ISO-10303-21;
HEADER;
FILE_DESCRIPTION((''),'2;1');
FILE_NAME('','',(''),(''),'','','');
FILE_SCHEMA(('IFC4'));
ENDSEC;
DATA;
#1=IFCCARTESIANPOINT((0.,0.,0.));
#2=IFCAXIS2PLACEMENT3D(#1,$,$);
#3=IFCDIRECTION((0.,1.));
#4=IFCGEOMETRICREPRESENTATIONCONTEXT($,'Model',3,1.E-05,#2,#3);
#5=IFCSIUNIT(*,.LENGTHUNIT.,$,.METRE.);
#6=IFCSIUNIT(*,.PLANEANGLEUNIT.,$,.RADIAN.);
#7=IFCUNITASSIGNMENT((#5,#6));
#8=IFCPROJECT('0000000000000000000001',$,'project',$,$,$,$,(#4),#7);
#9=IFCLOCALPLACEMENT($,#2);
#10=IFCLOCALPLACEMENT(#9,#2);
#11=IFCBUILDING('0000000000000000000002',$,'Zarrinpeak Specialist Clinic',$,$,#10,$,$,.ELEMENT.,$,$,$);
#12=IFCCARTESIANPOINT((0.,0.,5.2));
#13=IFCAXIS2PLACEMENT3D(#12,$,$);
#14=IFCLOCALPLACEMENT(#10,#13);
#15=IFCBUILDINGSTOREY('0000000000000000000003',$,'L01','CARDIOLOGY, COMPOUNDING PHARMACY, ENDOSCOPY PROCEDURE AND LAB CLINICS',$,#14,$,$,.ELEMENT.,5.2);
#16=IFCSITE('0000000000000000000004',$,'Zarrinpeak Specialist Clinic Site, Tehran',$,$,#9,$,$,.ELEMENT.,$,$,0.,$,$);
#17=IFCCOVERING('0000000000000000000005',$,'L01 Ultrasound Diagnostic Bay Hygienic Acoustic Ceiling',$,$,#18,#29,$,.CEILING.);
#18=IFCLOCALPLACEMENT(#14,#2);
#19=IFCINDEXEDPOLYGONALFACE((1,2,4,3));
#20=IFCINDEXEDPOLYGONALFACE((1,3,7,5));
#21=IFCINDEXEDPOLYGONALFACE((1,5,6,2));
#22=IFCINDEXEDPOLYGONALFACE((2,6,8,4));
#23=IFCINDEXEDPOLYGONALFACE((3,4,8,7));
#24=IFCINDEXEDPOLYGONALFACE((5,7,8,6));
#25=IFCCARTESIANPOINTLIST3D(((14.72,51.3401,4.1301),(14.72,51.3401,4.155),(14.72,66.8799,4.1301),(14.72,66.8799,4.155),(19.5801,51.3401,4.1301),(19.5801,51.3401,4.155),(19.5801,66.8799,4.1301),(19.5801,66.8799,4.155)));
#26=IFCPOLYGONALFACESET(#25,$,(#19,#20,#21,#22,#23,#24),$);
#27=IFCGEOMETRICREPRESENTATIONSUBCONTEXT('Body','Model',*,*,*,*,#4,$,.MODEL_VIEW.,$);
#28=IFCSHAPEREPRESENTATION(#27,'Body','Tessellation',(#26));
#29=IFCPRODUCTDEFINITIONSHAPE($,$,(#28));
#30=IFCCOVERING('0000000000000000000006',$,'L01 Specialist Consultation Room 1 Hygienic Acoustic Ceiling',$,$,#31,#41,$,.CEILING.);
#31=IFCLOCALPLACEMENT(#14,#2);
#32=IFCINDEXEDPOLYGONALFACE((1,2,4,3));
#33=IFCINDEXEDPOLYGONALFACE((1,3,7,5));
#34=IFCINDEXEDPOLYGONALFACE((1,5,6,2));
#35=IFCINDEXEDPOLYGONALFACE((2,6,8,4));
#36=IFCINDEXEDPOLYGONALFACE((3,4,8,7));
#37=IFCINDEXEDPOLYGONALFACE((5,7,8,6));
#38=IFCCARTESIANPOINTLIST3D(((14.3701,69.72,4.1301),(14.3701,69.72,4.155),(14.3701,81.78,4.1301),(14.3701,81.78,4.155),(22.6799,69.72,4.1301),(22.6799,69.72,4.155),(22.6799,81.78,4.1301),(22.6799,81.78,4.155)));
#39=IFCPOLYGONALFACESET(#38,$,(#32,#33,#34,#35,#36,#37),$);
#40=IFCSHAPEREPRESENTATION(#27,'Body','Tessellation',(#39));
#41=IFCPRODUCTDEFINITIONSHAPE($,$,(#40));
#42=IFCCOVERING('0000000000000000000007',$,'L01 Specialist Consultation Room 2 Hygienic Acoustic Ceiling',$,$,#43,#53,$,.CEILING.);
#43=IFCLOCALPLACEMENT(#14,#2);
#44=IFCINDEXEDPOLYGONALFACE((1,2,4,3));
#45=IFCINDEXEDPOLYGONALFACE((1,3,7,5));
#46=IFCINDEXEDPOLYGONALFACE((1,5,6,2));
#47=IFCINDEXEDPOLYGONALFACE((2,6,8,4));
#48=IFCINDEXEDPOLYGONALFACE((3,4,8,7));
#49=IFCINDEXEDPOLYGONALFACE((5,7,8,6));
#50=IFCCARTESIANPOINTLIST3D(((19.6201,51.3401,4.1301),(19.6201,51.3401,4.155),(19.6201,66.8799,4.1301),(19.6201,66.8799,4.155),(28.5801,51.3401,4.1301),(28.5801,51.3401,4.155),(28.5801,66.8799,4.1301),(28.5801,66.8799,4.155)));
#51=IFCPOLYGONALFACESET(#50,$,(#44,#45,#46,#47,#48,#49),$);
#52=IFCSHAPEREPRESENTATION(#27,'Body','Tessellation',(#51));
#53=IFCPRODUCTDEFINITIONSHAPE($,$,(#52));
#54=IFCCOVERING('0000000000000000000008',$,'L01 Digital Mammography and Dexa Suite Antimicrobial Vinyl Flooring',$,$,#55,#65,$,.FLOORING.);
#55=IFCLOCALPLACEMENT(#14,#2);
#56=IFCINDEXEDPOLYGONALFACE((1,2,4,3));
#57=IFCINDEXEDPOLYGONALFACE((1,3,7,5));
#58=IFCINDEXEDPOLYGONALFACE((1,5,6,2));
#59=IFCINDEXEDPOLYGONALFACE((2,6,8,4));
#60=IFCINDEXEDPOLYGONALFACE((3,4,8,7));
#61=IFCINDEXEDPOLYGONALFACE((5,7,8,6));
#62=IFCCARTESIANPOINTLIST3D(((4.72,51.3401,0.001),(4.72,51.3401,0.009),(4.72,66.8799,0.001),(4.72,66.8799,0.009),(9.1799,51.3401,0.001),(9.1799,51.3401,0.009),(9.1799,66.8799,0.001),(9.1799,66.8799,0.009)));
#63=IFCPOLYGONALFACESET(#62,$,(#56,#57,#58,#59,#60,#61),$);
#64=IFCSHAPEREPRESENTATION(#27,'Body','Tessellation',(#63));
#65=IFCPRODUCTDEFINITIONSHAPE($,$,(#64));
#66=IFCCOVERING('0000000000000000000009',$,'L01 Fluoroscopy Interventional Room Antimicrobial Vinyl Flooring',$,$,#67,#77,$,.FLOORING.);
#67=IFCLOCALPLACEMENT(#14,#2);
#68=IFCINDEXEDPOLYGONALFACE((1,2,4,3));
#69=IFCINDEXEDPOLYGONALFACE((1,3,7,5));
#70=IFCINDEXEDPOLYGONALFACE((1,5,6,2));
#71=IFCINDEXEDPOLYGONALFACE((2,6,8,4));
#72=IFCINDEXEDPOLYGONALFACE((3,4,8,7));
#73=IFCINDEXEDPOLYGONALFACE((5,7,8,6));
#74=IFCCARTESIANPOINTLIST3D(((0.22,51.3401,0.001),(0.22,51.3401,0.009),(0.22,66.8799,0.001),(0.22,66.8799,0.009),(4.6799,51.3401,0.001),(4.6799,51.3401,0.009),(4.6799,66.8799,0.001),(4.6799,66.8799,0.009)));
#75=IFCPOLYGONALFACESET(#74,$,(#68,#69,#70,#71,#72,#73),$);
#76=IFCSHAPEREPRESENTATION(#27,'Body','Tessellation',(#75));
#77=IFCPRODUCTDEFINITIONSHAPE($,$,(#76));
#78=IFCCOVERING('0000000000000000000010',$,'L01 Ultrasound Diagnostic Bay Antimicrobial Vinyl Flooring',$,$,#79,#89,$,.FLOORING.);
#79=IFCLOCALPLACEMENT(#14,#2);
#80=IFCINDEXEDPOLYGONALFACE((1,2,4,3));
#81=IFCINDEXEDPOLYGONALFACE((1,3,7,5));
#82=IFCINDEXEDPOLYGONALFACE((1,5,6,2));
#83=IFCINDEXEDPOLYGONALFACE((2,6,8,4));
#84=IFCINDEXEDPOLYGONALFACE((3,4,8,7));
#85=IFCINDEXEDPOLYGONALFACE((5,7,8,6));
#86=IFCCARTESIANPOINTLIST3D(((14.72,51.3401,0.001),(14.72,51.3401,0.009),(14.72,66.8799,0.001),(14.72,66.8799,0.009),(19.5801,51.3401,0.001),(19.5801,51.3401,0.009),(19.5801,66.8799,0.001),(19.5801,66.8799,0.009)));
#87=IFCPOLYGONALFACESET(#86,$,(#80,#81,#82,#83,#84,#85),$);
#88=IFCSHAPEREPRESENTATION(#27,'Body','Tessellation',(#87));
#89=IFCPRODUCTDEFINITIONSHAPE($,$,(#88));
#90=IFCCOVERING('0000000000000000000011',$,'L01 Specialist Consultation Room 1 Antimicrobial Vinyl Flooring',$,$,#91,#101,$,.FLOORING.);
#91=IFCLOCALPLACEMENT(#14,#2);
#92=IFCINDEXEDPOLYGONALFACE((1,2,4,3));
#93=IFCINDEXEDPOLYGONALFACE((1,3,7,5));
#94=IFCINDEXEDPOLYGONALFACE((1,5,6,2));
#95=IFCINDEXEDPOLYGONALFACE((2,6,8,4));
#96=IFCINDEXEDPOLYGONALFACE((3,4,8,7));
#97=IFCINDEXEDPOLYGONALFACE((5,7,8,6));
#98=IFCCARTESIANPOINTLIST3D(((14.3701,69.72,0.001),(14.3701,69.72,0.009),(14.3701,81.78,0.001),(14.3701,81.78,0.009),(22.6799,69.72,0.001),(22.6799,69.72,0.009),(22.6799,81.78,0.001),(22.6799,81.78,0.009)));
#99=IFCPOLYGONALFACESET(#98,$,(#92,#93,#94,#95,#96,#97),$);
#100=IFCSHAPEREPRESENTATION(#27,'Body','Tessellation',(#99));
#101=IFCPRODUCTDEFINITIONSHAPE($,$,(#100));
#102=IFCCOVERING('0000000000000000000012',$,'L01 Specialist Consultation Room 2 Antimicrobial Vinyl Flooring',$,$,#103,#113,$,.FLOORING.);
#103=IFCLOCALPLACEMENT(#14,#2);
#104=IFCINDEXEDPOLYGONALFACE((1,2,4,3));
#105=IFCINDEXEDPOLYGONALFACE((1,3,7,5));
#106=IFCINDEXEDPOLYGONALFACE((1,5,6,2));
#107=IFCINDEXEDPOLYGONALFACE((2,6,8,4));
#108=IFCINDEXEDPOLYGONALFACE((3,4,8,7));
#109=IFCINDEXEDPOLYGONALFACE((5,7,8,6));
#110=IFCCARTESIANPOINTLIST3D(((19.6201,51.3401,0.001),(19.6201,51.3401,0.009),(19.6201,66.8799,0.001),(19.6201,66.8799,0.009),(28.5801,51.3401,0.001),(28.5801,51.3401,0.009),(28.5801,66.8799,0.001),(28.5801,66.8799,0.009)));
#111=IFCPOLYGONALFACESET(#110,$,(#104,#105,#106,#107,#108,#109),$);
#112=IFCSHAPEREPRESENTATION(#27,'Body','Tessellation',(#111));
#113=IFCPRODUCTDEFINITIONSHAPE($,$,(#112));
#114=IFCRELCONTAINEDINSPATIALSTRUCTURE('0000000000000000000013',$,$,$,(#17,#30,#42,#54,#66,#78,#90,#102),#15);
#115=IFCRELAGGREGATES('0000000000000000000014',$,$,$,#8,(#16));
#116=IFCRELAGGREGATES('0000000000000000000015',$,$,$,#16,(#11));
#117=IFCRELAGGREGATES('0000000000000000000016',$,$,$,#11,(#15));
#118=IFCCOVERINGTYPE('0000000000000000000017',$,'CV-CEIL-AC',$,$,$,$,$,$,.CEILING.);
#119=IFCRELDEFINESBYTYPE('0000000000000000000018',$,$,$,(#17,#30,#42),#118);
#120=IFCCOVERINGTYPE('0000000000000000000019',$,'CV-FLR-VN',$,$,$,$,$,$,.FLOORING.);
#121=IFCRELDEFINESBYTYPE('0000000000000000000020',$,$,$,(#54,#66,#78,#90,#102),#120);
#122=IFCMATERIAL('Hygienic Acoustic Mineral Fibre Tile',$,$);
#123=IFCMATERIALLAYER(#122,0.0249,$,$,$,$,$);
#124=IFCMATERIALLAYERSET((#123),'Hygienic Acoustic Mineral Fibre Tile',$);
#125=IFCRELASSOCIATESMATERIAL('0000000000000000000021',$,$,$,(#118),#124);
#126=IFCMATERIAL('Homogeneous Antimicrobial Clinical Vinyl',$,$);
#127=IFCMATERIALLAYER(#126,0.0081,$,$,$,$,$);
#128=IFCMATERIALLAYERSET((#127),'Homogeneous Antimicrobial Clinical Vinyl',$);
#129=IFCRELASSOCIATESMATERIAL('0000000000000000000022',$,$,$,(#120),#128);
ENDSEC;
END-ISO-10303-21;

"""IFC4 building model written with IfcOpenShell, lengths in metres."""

from ifc_helpers import new_model, si_unit, direction, frame, origin, place, context, subcontext, project, spatial, polyline, outline, extrude, material, layer, layer_set, type_object, element, save


model = new_model("IFC4")

# Units and contexts
model_context = context("Model", 3, precision=1e-05, world=origin(), true_north=direction((0.0, 1.0)))
body_context = subcontext(model_context, "Body", "Model", "MODEL_VIEW")
ifc_project = project(units=[si_unit("LENGTHUNIT", "METRE"), si_unit("PLANEANGLEUNIT", "RADIAN")], contexts=[model_context])

# Site, building, storey
site_placement = place(None, origin())
site = spatial("IfcSite", under=ifc_project, at=site_placement, Name="Zarrinpeak Specialist Clinic Site, Tehran", CompositionType="ELEMENT", RefElevation=0.0)
building_placement = place(site_placement, origin())
building = spatial("IfcBuilding", under=site, at=building_placement, Name="Zarrinpeak Specialist Clinic", CompositionType="ELEMENT")
storey_placement = place(building_placement, frame((0.0, 0.0, 5.2)))
storey = spatial("IfcBuildingStorey", under=building, at=storey_placement, Name="L01", Description="CARDIOLOGY, COMPOUNDING PHARMACY, ENDOSCOPY PROCEDURE AND LAB CLINICS", CompositionType="ELEMENT", Elevation=5.2)

# Coverings
ifc_material_1 = material(Name="Hygienic Acoustic Mineral Fibre Tile")
ifc_layer_1 = layer(ifc_material_1, 0.0249)
ifc_layer_set_1 = layer_set([ifc_layer_1], Name="Hygienic Acoustic Mineral Fibre Tile")
covering_type_1 = type_object("IfcCoveringType", Name="CV-CEIL-AC", PredefinedType="CEILING", material=ifc_layer_set_1)
covering_1_placement = place(storey_placement, frame((0.0, 0.0, 4.1301)))
element("IfcCovering", 1, at=covering_1_placement, inside=storey, type_object=covering_type_1, Name="L01 Ultrasound Diagnostic Bay Hygienic Acoustic Ceiling", PredefinedType="CEILING", context=body_context, shape_type="SweptSolid", body=[
    extrude(outline(polyline([(14.72, 51.3401), (19.5801, 51.3401), (19.5801, 66.8799), (14.72, 66.8799), (14.72, 51.3401)])), origin(), (0.0, 0.0, 1.0), 0.0249),
])
covering_2_placement = place(storey_placement, frame((0.0, 0.0, 4.1301)))
element("IfcCovering", 2, at=covering_2_placement, inside=storey, type_object=covering_type_1, Name="L01 Specialist Consultation Room 1 Hygienic Acoustic Ceiling", PredefinedType="CEILING", context=body_context, shape_type="SweptSolid", body=[
    extrude(outline(polyline([(14.3701, 69.72), (22.6799, 69.72), (22.6799, 81.78), (14.3701, 81.78), (14.3701, 69.72)])), origin(), (0.0, 0.0, 1.0), 0.0249),
])
covering_3_placement = place(storey_placement, frame((0.0, 0.0, 4.1301)))
element("IfcCovering", 3, at=covering_3_placement, inside=storey, type_object=covering_type_1, Name="L01 Specialist Consultation Room 2 Hygienic Acoustic Ceiling", PredefinedType="CEILING", context=body_context, shape_type="SweptSolid", body=[
    extrude(outline(polyline([(19.6201, 51.3401), (28.5801, 51.3401), (28.5801, 66.8799), (19.6201, 66.8799), (19.6201, 51.3401)])), origin(), (0.0, 0.0, 1.0), 0.0249),
])
ifc_material_2 = material(Name="Homogeneous Antimicrobial Clinical Vinyl")
ifc_layer_2 = layer(ifc_material_2, 0.0081)
ifc_layer_set_2 = layer_set([ifc_layer_2], Name="Homogeneous Antimicrobial Clinical Vinyl")
covering_type_2 = type_object("IfcCoveringType", Name="CV-FLR-VN", PredefinedType="FLOORING", material=ifc_layer_set_2)
covering_4_placement = place(storey_placement, frame((0.0, 0.0, 0.001)))
element("IfcCovering", 4, at=covering_4_placement, inside=storey, type_object=covering_type_2, Name="L01 Digital Mammography and Dexa Suite Antimicrobial Vinyl Flooring", PredefinedType="FLOORING", context=body_context, shape_type="SweptSolid", body=[
    extrude(outline(polyline([(4.72, 51.3401), (9.1799, 51.3401), (9.1799, 66.8799), (4.72, 66.8799), (4.72, 51.3401)])), origin(), (0.0, 0.0, 1.0), 0.0081),
])
covering_5_placement = place(storey_placement, frame((0.0, 0.0, 0.001)))
element("IfcCovering", 5, at=covering_5_placement, inside=storey, type_object=covering_type_2, Name="L01 Fluoroscopy Interventional Room Antimicrobial Vinyl Flooring", PredefinedType="FLOORING", context=body_context, shape_type="SweptSolid", body=[
    extrude(outline(polyline([(0.22, 51.3401), (4.6799, 51.3401), (4.6799, 66.8799), (0.22, 66.8799), (0.22, 51.3401)])), origin(), (0.0, 0.0, 1.0), 0.0081),
])
covering_6_placement = place(storey_placement, frame((0.0, 0.0, 0.001)))
element("IfcCovering", 6, at=covering_6_placement, inside=storey, type_object=covering_type_2, Name="L01 Ultrasound Diagnostic Bay Antimicrobial Vinyl Flooring", PredefinedType="FLOORING", context=body_context, shape_type="SweptSolid", body=[
    extrude(outline(polyline([(14.72, 51.3401), (19.5801, 51.3401), (19.5801, 66.8799), (14.72, 66.8799), (14.72, 51.3401)])), origin(), (0.0, 0.0, 1.0), 0.0081),
])
covering_7_placement = place(storey_placement, frame((0.0, 0.0, 0.001)))
element("IfcCovering", 7, at=covering_7_placement, inside=storey, type_object=covering_type_2, Name="L01 Specialist Consultation Room 1 Antimicrobial Vinyl Flooring", PredefinedType="FLOORING", context=body_context, shape_type="SweptSolid", body=[
    extrude(outline(polyline([(14.3701, 69.72), (22.6799, 69.72), (22.6799, 81.78), (14.3701, 81.78), (14.3701, 69.72)])), origin(), (0.0, 0.0, 1.0), 0.0081),
])
covering_8_placement = place(storey_placement, frame((0.0, 0.0, 0.001)))
element("IfcCovering", 8, at=covering_8_placement, inside=storey, type_object=covering_type_2, Name="L01 Specialist Consultation Room 2 Antimicrobial Vinyl Flooring", PredefinedType="FLOORING", context=body_context, shape_type="SweptSolid", body=[
    extrude(outline(polyline([(19.6201, 51.3401), (28.5801, 51.3401), (28.5801, 66.8799), (19.6201, 66.8799), (19.6201, 51.3401)])), origin(), (0.0, 0.0, 1.0), 0.0081),
])

save(model, "model.ifc")
